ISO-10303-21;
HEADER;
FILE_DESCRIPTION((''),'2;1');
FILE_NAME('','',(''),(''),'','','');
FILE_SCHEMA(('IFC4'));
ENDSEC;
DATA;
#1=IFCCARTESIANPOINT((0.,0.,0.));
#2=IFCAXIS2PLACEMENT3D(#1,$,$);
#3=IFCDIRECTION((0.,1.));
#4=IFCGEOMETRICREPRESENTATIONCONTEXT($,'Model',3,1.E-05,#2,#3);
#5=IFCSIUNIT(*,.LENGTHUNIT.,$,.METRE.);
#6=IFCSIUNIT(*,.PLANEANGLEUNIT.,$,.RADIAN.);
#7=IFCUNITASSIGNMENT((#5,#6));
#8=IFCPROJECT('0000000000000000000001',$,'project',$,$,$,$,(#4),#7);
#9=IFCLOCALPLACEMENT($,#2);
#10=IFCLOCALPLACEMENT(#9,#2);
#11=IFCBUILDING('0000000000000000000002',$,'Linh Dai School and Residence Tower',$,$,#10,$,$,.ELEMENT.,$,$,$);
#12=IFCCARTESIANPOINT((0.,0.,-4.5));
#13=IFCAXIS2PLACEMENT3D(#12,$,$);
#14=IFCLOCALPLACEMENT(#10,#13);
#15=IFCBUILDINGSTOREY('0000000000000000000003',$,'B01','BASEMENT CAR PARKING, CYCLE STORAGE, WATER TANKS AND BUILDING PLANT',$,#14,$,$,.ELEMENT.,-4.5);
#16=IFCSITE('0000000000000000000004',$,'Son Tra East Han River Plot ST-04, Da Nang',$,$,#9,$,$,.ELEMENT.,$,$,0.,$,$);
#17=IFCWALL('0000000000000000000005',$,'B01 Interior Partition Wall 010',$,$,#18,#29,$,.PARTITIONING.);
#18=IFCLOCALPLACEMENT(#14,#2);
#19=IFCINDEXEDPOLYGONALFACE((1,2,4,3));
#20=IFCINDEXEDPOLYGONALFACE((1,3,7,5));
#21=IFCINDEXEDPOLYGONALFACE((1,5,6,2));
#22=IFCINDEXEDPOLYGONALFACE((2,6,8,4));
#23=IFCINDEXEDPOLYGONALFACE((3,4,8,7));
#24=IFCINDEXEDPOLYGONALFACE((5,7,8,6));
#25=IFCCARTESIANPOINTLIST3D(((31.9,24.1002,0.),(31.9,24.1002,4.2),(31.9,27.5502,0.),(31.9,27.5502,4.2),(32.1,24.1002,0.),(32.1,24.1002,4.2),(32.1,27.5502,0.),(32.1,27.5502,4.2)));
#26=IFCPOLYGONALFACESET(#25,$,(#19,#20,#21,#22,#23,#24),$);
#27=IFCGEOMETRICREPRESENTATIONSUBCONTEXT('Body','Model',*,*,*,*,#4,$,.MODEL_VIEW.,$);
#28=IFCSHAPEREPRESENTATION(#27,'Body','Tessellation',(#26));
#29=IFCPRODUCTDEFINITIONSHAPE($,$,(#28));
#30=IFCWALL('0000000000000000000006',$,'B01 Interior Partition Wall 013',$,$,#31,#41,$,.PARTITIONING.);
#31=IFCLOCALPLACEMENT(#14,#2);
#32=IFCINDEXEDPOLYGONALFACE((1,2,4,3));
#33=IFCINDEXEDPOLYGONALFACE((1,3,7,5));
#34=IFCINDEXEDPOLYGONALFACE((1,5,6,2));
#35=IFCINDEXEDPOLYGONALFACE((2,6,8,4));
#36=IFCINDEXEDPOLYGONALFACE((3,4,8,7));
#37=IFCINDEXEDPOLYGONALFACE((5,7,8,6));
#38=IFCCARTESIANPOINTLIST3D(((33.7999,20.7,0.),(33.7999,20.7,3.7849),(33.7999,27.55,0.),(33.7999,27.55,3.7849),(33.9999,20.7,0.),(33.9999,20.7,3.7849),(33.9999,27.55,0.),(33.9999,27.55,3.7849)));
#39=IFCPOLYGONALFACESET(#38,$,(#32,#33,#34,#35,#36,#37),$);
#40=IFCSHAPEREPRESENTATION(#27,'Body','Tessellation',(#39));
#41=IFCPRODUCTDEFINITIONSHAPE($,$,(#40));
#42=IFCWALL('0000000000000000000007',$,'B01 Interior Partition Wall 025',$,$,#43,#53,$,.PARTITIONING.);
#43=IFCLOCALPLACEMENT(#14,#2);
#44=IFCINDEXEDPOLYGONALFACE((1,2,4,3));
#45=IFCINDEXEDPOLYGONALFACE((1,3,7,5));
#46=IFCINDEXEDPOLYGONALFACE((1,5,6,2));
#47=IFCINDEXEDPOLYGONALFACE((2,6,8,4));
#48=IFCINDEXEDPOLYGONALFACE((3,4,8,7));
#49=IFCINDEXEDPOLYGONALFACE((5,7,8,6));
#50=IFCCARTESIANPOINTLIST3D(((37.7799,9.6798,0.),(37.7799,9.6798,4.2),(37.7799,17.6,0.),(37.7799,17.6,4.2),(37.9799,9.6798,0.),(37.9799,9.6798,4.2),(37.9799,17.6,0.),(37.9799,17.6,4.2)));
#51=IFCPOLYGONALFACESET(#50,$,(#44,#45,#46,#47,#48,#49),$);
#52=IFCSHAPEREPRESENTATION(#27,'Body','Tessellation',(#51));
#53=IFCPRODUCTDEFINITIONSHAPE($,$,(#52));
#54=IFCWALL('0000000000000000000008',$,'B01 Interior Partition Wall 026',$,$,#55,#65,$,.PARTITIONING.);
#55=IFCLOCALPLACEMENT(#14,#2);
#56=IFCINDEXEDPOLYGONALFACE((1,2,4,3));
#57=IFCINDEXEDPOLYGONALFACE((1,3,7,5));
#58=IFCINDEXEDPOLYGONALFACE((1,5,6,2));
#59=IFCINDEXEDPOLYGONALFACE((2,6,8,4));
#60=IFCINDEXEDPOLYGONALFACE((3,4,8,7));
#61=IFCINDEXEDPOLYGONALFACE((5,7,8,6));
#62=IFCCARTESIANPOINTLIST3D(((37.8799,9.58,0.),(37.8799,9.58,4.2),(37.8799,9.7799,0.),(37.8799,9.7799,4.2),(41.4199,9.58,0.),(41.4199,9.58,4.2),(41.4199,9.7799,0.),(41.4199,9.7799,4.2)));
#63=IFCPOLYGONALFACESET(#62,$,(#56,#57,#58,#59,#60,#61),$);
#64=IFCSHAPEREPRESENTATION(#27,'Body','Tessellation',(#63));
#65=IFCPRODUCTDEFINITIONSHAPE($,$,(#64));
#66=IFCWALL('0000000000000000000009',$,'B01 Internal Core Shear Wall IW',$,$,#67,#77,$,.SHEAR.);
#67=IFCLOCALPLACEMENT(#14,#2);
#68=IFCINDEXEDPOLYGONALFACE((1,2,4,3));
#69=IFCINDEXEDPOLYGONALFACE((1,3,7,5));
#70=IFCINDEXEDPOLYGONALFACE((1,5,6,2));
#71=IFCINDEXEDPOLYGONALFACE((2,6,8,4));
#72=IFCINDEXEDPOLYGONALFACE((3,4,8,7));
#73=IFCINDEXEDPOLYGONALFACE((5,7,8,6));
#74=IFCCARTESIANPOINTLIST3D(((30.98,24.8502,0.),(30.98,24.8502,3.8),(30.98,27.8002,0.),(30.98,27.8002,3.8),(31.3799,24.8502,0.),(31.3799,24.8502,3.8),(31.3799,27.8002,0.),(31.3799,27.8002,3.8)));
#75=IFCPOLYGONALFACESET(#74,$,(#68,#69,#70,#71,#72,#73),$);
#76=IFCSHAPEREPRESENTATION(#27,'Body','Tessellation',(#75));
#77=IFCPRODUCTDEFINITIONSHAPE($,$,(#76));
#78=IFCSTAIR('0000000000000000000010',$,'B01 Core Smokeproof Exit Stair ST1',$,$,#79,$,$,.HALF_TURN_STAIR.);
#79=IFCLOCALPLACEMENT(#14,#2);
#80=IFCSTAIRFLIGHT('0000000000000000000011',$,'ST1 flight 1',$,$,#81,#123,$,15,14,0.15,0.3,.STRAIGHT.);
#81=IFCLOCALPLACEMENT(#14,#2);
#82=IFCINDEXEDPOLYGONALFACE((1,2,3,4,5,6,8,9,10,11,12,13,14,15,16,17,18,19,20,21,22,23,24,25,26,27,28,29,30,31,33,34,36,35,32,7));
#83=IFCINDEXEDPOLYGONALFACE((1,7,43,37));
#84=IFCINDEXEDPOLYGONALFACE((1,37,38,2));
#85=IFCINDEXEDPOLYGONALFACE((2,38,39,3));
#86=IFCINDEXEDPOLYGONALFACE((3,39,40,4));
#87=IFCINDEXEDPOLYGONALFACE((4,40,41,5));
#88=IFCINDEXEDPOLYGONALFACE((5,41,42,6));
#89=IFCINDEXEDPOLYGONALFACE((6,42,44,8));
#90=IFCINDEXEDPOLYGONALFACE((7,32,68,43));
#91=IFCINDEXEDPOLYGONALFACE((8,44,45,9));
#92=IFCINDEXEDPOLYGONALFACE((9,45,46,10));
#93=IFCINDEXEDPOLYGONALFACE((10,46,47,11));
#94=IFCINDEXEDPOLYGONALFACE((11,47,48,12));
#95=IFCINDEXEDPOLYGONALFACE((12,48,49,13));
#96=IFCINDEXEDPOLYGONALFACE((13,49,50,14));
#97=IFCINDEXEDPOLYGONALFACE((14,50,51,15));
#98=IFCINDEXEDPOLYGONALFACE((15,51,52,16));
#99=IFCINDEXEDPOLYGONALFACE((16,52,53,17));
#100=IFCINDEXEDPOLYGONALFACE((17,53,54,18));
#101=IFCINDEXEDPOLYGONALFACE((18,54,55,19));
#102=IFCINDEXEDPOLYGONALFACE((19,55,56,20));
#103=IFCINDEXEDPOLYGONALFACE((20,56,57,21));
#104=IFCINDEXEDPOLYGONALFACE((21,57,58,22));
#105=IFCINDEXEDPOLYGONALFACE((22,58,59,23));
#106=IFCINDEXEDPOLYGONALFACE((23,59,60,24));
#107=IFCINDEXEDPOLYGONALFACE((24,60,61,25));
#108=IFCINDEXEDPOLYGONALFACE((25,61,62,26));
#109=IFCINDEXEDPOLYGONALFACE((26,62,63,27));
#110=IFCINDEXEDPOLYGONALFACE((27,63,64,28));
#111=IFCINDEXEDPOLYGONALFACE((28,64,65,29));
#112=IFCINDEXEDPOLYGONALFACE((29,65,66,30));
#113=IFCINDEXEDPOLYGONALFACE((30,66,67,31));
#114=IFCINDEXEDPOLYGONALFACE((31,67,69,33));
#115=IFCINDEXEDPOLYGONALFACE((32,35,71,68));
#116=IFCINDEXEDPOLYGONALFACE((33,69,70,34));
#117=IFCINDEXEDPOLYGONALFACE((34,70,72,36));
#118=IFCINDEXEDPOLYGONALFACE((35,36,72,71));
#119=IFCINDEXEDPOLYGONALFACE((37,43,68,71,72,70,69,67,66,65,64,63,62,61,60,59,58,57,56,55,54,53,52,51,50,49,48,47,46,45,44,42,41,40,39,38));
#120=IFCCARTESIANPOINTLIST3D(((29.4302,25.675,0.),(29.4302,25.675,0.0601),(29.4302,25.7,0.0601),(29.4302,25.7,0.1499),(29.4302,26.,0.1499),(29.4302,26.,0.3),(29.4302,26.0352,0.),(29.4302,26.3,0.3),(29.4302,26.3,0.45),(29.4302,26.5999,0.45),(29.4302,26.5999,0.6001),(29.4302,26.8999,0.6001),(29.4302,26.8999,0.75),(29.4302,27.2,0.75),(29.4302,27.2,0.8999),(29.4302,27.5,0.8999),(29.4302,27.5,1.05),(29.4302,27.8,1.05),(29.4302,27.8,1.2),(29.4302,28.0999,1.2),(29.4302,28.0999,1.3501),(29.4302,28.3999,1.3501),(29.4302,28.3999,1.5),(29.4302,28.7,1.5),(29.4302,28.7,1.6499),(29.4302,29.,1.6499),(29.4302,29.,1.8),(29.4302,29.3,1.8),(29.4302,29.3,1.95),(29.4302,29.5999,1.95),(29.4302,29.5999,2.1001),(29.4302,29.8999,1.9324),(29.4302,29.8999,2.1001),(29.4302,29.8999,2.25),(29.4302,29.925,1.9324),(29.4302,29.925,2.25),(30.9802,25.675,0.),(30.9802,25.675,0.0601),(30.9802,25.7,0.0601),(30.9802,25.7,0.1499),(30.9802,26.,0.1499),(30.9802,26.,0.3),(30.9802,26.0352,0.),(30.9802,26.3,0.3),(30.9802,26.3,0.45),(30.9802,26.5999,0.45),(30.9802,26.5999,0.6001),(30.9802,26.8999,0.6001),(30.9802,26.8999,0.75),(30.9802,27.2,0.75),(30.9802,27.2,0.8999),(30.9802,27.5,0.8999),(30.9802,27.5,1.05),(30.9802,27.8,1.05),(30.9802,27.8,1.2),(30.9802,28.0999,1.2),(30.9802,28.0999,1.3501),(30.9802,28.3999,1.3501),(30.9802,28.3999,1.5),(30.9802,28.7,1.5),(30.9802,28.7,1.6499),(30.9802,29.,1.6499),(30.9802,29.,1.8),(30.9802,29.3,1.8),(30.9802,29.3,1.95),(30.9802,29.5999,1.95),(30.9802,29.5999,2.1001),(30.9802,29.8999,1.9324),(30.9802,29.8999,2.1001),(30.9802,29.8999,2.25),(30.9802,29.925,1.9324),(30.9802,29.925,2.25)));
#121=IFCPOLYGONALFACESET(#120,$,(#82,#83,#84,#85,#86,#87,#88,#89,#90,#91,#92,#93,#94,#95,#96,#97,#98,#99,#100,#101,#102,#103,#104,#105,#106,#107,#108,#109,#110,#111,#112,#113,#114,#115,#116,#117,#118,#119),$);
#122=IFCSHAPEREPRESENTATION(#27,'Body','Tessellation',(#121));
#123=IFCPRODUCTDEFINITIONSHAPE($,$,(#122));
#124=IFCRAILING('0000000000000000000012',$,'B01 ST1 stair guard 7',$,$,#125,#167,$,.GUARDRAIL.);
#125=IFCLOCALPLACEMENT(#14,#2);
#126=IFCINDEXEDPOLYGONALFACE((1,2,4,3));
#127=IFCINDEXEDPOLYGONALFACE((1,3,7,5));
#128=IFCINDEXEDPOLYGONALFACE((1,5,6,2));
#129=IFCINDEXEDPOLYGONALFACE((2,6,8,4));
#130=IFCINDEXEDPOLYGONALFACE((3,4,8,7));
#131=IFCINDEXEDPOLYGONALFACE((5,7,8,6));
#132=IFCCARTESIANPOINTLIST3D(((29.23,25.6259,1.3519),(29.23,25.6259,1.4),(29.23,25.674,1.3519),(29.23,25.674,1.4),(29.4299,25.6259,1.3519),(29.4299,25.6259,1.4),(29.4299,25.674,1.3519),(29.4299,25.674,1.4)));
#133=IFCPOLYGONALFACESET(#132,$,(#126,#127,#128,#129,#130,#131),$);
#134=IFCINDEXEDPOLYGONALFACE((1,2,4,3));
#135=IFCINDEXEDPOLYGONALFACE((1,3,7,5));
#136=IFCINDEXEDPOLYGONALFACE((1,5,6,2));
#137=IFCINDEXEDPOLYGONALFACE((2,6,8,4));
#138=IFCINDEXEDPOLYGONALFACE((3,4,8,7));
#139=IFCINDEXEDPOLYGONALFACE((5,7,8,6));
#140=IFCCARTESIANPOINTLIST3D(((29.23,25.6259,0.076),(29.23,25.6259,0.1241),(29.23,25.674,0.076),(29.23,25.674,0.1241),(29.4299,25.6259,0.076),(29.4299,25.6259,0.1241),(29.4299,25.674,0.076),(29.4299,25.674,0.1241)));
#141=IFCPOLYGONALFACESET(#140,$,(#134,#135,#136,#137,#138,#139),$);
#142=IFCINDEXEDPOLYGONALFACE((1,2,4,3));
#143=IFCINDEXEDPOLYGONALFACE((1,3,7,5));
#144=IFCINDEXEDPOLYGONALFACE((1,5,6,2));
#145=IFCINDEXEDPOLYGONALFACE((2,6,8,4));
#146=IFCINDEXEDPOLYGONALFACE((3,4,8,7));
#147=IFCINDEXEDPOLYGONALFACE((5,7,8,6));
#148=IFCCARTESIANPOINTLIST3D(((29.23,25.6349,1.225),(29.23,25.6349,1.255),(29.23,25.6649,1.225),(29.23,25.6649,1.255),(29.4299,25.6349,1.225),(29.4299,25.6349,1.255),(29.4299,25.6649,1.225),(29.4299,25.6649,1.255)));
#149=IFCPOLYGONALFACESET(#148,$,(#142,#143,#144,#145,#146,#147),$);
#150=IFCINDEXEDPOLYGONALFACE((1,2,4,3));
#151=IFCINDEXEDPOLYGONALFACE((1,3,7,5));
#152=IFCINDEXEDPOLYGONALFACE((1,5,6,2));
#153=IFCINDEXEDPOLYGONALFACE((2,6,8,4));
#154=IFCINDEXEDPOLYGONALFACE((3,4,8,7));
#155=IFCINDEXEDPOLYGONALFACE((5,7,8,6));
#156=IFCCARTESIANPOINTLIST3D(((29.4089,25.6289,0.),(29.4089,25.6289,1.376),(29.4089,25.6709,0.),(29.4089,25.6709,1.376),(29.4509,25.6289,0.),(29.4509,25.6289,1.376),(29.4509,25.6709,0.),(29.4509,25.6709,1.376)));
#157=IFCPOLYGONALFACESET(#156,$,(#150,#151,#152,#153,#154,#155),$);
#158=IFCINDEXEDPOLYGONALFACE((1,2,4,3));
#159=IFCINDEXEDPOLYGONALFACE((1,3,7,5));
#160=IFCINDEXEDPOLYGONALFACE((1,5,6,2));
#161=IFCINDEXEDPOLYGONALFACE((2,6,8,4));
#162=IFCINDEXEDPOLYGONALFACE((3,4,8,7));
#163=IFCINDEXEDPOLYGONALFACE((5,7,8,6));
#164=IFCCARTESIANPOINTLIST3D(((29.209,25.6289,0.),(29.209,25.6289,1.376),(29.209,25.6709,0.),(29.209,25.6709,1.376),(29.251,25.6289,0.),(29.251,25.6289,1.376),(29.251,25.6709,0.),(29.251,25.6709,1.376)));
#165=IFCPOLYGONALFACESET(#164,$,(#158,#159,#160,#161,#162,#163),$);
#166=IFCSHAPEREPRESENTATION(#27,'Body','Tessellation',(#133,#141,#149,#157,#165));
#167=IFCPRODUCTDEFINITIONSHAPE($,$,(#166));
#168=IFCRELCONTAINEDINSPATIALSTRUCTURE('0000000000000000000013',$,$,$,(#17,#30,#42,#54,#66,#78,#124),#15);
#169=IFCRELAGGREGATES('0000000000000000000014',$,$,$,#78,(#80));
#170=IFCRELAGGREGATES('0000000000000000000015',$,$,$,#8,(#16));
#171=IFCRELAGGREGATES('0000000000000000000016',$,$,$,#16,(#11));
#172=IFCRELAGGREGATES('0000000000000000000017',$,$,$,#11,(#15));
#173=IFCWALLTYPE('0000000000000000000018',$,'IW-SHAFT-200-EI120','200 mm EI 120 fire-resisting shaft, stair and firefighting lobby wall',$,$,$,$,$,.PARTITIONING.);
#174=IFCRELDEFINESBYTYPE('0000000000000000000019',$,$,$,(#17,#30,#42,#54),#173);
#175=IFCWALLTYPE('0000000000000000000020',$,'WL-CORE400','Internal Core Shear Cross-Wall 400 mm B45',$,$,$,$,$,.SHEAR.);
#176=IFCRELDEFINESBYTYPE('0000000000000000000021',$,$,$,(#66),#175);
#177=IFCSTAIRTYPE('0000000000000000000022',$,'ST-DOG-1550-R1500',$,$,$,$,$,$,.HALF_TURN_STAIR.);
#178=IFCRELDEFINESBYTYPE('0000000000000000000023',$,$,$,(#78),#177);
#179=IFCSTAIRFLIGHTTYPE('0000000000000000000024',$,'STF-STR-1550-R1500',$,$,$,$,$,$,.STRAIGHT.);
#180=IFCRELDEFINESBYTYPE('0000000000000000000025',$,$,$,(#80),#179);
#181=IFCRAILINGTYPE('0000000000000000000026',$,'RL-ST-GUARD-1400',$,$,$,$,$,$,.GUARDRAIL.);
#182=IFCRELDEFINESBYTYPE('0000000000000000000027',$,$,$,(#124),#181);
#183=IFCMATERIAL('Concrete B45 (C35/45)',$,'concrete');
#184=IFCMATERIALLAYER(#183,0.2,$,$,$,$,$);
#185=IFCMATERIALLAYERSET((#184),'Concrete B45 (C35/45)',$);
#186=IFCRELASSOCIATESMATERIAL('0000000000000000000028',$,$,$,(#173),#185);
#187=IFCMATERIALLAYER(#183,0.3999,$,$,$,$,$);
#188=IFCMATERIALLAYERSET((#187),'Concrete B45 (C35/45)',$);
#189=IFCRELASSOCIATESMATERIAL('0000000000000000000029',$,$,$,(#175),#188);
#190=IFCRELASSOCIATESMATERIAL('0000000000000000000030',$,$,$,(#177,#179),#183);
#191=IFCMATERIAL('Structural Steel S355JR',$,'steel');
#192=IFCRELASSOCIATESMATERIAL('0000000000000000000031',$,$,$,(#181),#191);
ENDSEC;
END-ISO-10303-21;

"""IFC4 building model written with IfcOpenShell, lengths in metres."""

from ifc_helpers import new_model, si_unit, direction, frame, frame_2d, origin, origin_2d, place, context, subcontext, project, spatial, polyline, rectangle, outline, extrude, source, transform, mapped, material, layer, layer_set, type_object, element, aggregate, save


model = new_model("IFC4")

# Units and contexts
model_context = context("Model", 3, precision=1e-05, world=origin(), true_north=direction((0.0, 1.0)))
body_context = subcontext(model_context, "Body", "Model", "MODEL_VIEW")
ifc_project = project(units=[si_unit("LENGTHUNIT", "METRE"), si_unit("PLANEANGLEUNIT", "RADIAN")], contexts=[model_context])

# Site, building, storey
site_placement = place(None, origin())
site = spatial("IfcSite", under=ifc_project, at=site_placement, Name="Son Tra East Han River Plot ST-04, Da Nang", CompositionType="ELEMENT", RefElevation=0.0)
building_placement = place(site_placement, origin())
building = spatial("IfcBuilding", under=site, at=building_placement, Name="Linh Dai School and Residence Tower", CompositionType="ELEMENT")
storey_placement = place(building_placement, frame((0.0, 0.0, -4.5)))
storey = spatial("IfcBuildingStorey", under=building, at=storey_placement, Name="B01", Description="BASEMENT CAR PARKING, CYCLE STORAGE, WATER TANKS AND BUILDING PLANT", CompositionType="ELEMENT", Elevation=-4.5)

# Shared definitions
ifc_material_1 = material(Name="Structural Steel S355JR", Category="steel")

# Wall
ifc_material_2 = material(Name="Concrete B45 (C35/45)", Category="concrete")
ifc_layer_1 = layer(ifc_material_2, 0.2)
ifc_layer_set_1 = layer_set([ifc_layer_1], Name="Concrete B45 (C35/45)")
wall_type_1 = type_object("IfcWallType", Name="IW-SHAFT-200-EI120", Description="200 mm EI 120 fire-resisting shaft, stair and firefighting lobby wall", PredefinedType="PARTITIONING", material=ifc_layer_set_1)
wall_1_placement = place(storey_placement, frame((32.0, 24.1001, 0.0), z_axis=(0.0, 0.0, 1.0), x_axis=(0.0, 1.0, 0.0)))
element("IfcWall", 1, at=wall_1_placement, inside=storey, type_object=wall_type_1, Name="B01 Interior Partition Wall 010", PredefinedType="PARTITIONING", context=body_context, shape_type="SweptSolid", body=[
    extrude(rectangle(XDim=3.45, YDim=0.2, at=frame_2d((1.7251, 0.0))), origin(), (0.0, 0.0, 1.0), 4.2),
])

# Walls
wall_2_placement = place(storey_placement, frame((33.8999, 20.7, 0.0), z_axis=(0.0, 0.0, 1.0), x_axis=(0.0, 1.0, 0.0)))
element("IfcWall", 2, at=wall_2_placement, inside=storey, type_object=wall_type_1, Name="B01 Interior Partition Wall 013", PredefinedType="PARTITIONING", context=body_context, shape_type="SweptSolid", body=[
    extrude(rectangle(XDim=6.8501, YDim=0.2, at=frame_2d((3.425, 0.0))), origin(), (0.0, 0.0, 1.0), 3.7849),
])
wall_3_placement = place(storey_placement, frame((37.8799, 9.6799, 0.0), z_axis=(0.0, 0.0, 1.0), x_axis=(0.0, 1.0, 0.0)))
element("IfcWall", 3, at=wall_3_placement, inside=storey, type_object=wall_type_1, Name="B01 Interior Partition Wall 025", PredefinedType="PARTITIONING", context=body_context, shape_type="SweptSolid", body=[
    extrude(rectangle(XDim=7.9202, YDim=0.2, at=frame_2d((3.96, 0.0))), origin(), (0.0, 0.0, 1.0), 4.2),
])
wall_4_placement = place(storey_placement, frame((37.8799, 9.6799, 0.0), z_axis=(0.0, 0.0, 1.0), x_axis=(1.0, 0.0, 0.0)))
element("IfcWall", 4, at=wall_4_placement, inside=storey, type_object=wall_type_1, Name="B01 Interior Partition Wall 026", PredefinedType="PARTITIONING", context=body_context, shape_type="SweptSolid", body=[
    extrude(rectangle(XDim=3.54, YDim=0.2, at=frame_2d((1.77, 0.0))), origin(), (0.0, 0.0, 1.0), 4.2),
])

# Wall
ifc_layer_2 = layer(ifc_material_2, 0.3999)
ifc_layer_set_2 = layer_set([ifc_layer_2], Name="Concrete B45 (C35/45)")
wall_type_2 = type_object("IfcWallType", Name="WL-CORE400", Description="Internal Core Shear Cross-Wall 400 mm B45", PredefinedType="SHEAR", material=ifc_layer_set_2)
wall_5_placement = place(storey_placement, frame((31.1799, 24.8501, 0.0), z_axis=(0.0, 0.0, 1.0), x_axis=(0.0, 1.0, 0.0)))
element("IfcWall", 5, at=wall_5_placement, inside=storey, type_object=wall_type_2, Name="B01 Internal Core Shear Wall IW", PredefinedType="SHEAR", context=body_context, shape_type="SweptSolid", body=[
    extrude(rectangle(XDim=2.95, YDim=0.3999, at=frame_2d((1.4751, 0.0))), origin(), (0.0, 0.0, 1.0), 3.8),
])

# Stair, stair flight
stair_type = type_object("IfcStairType", Name="ST-DOG-1550-R1500", PredefinedType="HALF_TURN_STAIR", material=ifc_material_2)
stair_placement = place(storey_placement, origin())
stair = element("IfcStair", 6, at=stair_placement, inside=storey, type_object=stair_type, Name="B01 Core Smokeproof Exit Stair ST1", PredefinedType="HALF_TURN_STAIR")
stair_flight_type = type_object("IfcStairFlightType", Name="STF-STR-1550-R1500", PredefinedType="STRAIGHT", material=ifc_material_2)
shared_shape_1 = source(origin(), body_context, "Body", "SweptSolid", [
    extrude(outline(polyline([(-0.0249, 0.0), (-0.0249, 0.0601), (0.0, 0.0601), (0.0, 0.1499), (0.3, 0.1499), (0.3, 0.3), (0.6001, 0.3), (0.6001, 0.45), (0.8999, 0.45), (0.8999, 0.6001), (1.2, 0.6001), (1.2, 0.75), (1.5, 0.75), (1.5, 0.8999), (1.8, 0.8999), (1.8, 1.05), (2.1001, 1.05), (2.1001, 1.2), (2.3999, 1.2), (2.3999, 1.3501), (2.7, 1.3501), (2.7, 1.5), (3.0, 1.5), (3.0, 1.6499), (3.3, 1.6499), (3.3, 1.8), (3.6001, 1.8), (3.6001, 1.95), (3.8999, 1.95), (3.8999, 2.1001), (4.2, 2.1001), (4.2, 2.25), (4.2251, 2.25), (4.2251, 1.9324), (4.2, 1.9324), (0.3352, 0.0), (-0.0249, 0.0)])), frame((0.0, 0.7749, 0.0), z_axis=(0.0, -1.0, 0.0), x_axis=(1.0, 0.0, 0.0)), (0.0, 0.0, 1.0), 1.55),
])
stair_flight_placement = place(storey_placement, frame((30.2051, 25.7, 0.0), z_axis=(0.0, 0.0, 1.0), x_axis=(0.0, 1.0, 0.0)))
stair_flight = element("IfcStairFlight", 7, at=stair_flight_placement, type_object=stair_flight_type, Name="ST1 flight 1", NumberOfRisers=15, NumberOfTreads=14, PredefinedType="STRAIGHT", RiserHeight=0.15, TreadLength=0.3, context=body_context, shape_type="MappedRepresentation", body=[
    mapped(shared_shape_1, transform((0.0, 0.0, 0.0), x_axis=(1.0, 0.0, 0.0), y_axis=(0.0, 1.0, 0.0), z_axis=(0.0, 0.0, 1.0), scale=1.0)),
])
aggregate(stair, [stair_flight])

# Railing
railing_type_1 = type_object("IfcRailingType", Name="RL-ST-GUARD-1400", PredefinedType="GUARDRAIL", material=ifc_material_1)
shared_shape_2 = source(origin(), body_context, "Body", "SweptSolid", [
    extrude(rectangle(XDim=0.0481, YDim=0.0481, at=origin_2d()), frame((0.0, 0.0, 1.376), z_axis=(-1.0, 0.0, 0.0), x_axis=(0.0, -1.0, 0.0)), (0.0, 0.0, 1.0), 0.2),
    extrude(rectangle(XDim=0.0481, YDim=0.0481, at=origin_2d()), frame((0.0, 0.0, 0.1001), z_axis=(-1.0, 0.0, 0.0), x_axis=(0.0, -1.0, 0.0)), (0.0, 0.0, 1.0), 0.2),
    extrude(rectangle(XDim=0.03, YDim=0.03, at=origin_2d()), frame((0.0, 0.0, 1.24), z_axis=(-1.0, 0.0, 0.0), x_axis=(0.0, -1.0, 0.0)), (0.0, 0.0, 1.0), 0.2),
    extrude(rectangle(XDim=0.042, YDim=0.042, at=origin_2d()), origin(), (0.0, 0.0, 1.0), 1.376),
    extrude(rectangle(XDim=0.042, YDim=0.042, at=origin_2d()), frame((-0.2, 0.0, 0.0)), (0.0, 0.0, 1.0), 1.376),
])
railing_1_placement = place(storey_placement, frame((29.4299, 25.6499, 0.0)))
element("IfcRailing", 8, at=railing_1_placement, inside=storey, type_object=railing_type_1, Name="B01 ST1 stair guard 7", PredefinedType="GUARDRAIL", context=body_context, shape_type="MappedRepresentation", body=[
    mapped(shared_shape_2, transform((0.0, 0.0, 0.0), x_axis=(1.0, 0.0, 0.0), y_axis=(0.0, 1.0, 0.0), z_axis=(0.0, 0.0, 1.0), scale=1.0)),
])

save(model, "model.ifc")
